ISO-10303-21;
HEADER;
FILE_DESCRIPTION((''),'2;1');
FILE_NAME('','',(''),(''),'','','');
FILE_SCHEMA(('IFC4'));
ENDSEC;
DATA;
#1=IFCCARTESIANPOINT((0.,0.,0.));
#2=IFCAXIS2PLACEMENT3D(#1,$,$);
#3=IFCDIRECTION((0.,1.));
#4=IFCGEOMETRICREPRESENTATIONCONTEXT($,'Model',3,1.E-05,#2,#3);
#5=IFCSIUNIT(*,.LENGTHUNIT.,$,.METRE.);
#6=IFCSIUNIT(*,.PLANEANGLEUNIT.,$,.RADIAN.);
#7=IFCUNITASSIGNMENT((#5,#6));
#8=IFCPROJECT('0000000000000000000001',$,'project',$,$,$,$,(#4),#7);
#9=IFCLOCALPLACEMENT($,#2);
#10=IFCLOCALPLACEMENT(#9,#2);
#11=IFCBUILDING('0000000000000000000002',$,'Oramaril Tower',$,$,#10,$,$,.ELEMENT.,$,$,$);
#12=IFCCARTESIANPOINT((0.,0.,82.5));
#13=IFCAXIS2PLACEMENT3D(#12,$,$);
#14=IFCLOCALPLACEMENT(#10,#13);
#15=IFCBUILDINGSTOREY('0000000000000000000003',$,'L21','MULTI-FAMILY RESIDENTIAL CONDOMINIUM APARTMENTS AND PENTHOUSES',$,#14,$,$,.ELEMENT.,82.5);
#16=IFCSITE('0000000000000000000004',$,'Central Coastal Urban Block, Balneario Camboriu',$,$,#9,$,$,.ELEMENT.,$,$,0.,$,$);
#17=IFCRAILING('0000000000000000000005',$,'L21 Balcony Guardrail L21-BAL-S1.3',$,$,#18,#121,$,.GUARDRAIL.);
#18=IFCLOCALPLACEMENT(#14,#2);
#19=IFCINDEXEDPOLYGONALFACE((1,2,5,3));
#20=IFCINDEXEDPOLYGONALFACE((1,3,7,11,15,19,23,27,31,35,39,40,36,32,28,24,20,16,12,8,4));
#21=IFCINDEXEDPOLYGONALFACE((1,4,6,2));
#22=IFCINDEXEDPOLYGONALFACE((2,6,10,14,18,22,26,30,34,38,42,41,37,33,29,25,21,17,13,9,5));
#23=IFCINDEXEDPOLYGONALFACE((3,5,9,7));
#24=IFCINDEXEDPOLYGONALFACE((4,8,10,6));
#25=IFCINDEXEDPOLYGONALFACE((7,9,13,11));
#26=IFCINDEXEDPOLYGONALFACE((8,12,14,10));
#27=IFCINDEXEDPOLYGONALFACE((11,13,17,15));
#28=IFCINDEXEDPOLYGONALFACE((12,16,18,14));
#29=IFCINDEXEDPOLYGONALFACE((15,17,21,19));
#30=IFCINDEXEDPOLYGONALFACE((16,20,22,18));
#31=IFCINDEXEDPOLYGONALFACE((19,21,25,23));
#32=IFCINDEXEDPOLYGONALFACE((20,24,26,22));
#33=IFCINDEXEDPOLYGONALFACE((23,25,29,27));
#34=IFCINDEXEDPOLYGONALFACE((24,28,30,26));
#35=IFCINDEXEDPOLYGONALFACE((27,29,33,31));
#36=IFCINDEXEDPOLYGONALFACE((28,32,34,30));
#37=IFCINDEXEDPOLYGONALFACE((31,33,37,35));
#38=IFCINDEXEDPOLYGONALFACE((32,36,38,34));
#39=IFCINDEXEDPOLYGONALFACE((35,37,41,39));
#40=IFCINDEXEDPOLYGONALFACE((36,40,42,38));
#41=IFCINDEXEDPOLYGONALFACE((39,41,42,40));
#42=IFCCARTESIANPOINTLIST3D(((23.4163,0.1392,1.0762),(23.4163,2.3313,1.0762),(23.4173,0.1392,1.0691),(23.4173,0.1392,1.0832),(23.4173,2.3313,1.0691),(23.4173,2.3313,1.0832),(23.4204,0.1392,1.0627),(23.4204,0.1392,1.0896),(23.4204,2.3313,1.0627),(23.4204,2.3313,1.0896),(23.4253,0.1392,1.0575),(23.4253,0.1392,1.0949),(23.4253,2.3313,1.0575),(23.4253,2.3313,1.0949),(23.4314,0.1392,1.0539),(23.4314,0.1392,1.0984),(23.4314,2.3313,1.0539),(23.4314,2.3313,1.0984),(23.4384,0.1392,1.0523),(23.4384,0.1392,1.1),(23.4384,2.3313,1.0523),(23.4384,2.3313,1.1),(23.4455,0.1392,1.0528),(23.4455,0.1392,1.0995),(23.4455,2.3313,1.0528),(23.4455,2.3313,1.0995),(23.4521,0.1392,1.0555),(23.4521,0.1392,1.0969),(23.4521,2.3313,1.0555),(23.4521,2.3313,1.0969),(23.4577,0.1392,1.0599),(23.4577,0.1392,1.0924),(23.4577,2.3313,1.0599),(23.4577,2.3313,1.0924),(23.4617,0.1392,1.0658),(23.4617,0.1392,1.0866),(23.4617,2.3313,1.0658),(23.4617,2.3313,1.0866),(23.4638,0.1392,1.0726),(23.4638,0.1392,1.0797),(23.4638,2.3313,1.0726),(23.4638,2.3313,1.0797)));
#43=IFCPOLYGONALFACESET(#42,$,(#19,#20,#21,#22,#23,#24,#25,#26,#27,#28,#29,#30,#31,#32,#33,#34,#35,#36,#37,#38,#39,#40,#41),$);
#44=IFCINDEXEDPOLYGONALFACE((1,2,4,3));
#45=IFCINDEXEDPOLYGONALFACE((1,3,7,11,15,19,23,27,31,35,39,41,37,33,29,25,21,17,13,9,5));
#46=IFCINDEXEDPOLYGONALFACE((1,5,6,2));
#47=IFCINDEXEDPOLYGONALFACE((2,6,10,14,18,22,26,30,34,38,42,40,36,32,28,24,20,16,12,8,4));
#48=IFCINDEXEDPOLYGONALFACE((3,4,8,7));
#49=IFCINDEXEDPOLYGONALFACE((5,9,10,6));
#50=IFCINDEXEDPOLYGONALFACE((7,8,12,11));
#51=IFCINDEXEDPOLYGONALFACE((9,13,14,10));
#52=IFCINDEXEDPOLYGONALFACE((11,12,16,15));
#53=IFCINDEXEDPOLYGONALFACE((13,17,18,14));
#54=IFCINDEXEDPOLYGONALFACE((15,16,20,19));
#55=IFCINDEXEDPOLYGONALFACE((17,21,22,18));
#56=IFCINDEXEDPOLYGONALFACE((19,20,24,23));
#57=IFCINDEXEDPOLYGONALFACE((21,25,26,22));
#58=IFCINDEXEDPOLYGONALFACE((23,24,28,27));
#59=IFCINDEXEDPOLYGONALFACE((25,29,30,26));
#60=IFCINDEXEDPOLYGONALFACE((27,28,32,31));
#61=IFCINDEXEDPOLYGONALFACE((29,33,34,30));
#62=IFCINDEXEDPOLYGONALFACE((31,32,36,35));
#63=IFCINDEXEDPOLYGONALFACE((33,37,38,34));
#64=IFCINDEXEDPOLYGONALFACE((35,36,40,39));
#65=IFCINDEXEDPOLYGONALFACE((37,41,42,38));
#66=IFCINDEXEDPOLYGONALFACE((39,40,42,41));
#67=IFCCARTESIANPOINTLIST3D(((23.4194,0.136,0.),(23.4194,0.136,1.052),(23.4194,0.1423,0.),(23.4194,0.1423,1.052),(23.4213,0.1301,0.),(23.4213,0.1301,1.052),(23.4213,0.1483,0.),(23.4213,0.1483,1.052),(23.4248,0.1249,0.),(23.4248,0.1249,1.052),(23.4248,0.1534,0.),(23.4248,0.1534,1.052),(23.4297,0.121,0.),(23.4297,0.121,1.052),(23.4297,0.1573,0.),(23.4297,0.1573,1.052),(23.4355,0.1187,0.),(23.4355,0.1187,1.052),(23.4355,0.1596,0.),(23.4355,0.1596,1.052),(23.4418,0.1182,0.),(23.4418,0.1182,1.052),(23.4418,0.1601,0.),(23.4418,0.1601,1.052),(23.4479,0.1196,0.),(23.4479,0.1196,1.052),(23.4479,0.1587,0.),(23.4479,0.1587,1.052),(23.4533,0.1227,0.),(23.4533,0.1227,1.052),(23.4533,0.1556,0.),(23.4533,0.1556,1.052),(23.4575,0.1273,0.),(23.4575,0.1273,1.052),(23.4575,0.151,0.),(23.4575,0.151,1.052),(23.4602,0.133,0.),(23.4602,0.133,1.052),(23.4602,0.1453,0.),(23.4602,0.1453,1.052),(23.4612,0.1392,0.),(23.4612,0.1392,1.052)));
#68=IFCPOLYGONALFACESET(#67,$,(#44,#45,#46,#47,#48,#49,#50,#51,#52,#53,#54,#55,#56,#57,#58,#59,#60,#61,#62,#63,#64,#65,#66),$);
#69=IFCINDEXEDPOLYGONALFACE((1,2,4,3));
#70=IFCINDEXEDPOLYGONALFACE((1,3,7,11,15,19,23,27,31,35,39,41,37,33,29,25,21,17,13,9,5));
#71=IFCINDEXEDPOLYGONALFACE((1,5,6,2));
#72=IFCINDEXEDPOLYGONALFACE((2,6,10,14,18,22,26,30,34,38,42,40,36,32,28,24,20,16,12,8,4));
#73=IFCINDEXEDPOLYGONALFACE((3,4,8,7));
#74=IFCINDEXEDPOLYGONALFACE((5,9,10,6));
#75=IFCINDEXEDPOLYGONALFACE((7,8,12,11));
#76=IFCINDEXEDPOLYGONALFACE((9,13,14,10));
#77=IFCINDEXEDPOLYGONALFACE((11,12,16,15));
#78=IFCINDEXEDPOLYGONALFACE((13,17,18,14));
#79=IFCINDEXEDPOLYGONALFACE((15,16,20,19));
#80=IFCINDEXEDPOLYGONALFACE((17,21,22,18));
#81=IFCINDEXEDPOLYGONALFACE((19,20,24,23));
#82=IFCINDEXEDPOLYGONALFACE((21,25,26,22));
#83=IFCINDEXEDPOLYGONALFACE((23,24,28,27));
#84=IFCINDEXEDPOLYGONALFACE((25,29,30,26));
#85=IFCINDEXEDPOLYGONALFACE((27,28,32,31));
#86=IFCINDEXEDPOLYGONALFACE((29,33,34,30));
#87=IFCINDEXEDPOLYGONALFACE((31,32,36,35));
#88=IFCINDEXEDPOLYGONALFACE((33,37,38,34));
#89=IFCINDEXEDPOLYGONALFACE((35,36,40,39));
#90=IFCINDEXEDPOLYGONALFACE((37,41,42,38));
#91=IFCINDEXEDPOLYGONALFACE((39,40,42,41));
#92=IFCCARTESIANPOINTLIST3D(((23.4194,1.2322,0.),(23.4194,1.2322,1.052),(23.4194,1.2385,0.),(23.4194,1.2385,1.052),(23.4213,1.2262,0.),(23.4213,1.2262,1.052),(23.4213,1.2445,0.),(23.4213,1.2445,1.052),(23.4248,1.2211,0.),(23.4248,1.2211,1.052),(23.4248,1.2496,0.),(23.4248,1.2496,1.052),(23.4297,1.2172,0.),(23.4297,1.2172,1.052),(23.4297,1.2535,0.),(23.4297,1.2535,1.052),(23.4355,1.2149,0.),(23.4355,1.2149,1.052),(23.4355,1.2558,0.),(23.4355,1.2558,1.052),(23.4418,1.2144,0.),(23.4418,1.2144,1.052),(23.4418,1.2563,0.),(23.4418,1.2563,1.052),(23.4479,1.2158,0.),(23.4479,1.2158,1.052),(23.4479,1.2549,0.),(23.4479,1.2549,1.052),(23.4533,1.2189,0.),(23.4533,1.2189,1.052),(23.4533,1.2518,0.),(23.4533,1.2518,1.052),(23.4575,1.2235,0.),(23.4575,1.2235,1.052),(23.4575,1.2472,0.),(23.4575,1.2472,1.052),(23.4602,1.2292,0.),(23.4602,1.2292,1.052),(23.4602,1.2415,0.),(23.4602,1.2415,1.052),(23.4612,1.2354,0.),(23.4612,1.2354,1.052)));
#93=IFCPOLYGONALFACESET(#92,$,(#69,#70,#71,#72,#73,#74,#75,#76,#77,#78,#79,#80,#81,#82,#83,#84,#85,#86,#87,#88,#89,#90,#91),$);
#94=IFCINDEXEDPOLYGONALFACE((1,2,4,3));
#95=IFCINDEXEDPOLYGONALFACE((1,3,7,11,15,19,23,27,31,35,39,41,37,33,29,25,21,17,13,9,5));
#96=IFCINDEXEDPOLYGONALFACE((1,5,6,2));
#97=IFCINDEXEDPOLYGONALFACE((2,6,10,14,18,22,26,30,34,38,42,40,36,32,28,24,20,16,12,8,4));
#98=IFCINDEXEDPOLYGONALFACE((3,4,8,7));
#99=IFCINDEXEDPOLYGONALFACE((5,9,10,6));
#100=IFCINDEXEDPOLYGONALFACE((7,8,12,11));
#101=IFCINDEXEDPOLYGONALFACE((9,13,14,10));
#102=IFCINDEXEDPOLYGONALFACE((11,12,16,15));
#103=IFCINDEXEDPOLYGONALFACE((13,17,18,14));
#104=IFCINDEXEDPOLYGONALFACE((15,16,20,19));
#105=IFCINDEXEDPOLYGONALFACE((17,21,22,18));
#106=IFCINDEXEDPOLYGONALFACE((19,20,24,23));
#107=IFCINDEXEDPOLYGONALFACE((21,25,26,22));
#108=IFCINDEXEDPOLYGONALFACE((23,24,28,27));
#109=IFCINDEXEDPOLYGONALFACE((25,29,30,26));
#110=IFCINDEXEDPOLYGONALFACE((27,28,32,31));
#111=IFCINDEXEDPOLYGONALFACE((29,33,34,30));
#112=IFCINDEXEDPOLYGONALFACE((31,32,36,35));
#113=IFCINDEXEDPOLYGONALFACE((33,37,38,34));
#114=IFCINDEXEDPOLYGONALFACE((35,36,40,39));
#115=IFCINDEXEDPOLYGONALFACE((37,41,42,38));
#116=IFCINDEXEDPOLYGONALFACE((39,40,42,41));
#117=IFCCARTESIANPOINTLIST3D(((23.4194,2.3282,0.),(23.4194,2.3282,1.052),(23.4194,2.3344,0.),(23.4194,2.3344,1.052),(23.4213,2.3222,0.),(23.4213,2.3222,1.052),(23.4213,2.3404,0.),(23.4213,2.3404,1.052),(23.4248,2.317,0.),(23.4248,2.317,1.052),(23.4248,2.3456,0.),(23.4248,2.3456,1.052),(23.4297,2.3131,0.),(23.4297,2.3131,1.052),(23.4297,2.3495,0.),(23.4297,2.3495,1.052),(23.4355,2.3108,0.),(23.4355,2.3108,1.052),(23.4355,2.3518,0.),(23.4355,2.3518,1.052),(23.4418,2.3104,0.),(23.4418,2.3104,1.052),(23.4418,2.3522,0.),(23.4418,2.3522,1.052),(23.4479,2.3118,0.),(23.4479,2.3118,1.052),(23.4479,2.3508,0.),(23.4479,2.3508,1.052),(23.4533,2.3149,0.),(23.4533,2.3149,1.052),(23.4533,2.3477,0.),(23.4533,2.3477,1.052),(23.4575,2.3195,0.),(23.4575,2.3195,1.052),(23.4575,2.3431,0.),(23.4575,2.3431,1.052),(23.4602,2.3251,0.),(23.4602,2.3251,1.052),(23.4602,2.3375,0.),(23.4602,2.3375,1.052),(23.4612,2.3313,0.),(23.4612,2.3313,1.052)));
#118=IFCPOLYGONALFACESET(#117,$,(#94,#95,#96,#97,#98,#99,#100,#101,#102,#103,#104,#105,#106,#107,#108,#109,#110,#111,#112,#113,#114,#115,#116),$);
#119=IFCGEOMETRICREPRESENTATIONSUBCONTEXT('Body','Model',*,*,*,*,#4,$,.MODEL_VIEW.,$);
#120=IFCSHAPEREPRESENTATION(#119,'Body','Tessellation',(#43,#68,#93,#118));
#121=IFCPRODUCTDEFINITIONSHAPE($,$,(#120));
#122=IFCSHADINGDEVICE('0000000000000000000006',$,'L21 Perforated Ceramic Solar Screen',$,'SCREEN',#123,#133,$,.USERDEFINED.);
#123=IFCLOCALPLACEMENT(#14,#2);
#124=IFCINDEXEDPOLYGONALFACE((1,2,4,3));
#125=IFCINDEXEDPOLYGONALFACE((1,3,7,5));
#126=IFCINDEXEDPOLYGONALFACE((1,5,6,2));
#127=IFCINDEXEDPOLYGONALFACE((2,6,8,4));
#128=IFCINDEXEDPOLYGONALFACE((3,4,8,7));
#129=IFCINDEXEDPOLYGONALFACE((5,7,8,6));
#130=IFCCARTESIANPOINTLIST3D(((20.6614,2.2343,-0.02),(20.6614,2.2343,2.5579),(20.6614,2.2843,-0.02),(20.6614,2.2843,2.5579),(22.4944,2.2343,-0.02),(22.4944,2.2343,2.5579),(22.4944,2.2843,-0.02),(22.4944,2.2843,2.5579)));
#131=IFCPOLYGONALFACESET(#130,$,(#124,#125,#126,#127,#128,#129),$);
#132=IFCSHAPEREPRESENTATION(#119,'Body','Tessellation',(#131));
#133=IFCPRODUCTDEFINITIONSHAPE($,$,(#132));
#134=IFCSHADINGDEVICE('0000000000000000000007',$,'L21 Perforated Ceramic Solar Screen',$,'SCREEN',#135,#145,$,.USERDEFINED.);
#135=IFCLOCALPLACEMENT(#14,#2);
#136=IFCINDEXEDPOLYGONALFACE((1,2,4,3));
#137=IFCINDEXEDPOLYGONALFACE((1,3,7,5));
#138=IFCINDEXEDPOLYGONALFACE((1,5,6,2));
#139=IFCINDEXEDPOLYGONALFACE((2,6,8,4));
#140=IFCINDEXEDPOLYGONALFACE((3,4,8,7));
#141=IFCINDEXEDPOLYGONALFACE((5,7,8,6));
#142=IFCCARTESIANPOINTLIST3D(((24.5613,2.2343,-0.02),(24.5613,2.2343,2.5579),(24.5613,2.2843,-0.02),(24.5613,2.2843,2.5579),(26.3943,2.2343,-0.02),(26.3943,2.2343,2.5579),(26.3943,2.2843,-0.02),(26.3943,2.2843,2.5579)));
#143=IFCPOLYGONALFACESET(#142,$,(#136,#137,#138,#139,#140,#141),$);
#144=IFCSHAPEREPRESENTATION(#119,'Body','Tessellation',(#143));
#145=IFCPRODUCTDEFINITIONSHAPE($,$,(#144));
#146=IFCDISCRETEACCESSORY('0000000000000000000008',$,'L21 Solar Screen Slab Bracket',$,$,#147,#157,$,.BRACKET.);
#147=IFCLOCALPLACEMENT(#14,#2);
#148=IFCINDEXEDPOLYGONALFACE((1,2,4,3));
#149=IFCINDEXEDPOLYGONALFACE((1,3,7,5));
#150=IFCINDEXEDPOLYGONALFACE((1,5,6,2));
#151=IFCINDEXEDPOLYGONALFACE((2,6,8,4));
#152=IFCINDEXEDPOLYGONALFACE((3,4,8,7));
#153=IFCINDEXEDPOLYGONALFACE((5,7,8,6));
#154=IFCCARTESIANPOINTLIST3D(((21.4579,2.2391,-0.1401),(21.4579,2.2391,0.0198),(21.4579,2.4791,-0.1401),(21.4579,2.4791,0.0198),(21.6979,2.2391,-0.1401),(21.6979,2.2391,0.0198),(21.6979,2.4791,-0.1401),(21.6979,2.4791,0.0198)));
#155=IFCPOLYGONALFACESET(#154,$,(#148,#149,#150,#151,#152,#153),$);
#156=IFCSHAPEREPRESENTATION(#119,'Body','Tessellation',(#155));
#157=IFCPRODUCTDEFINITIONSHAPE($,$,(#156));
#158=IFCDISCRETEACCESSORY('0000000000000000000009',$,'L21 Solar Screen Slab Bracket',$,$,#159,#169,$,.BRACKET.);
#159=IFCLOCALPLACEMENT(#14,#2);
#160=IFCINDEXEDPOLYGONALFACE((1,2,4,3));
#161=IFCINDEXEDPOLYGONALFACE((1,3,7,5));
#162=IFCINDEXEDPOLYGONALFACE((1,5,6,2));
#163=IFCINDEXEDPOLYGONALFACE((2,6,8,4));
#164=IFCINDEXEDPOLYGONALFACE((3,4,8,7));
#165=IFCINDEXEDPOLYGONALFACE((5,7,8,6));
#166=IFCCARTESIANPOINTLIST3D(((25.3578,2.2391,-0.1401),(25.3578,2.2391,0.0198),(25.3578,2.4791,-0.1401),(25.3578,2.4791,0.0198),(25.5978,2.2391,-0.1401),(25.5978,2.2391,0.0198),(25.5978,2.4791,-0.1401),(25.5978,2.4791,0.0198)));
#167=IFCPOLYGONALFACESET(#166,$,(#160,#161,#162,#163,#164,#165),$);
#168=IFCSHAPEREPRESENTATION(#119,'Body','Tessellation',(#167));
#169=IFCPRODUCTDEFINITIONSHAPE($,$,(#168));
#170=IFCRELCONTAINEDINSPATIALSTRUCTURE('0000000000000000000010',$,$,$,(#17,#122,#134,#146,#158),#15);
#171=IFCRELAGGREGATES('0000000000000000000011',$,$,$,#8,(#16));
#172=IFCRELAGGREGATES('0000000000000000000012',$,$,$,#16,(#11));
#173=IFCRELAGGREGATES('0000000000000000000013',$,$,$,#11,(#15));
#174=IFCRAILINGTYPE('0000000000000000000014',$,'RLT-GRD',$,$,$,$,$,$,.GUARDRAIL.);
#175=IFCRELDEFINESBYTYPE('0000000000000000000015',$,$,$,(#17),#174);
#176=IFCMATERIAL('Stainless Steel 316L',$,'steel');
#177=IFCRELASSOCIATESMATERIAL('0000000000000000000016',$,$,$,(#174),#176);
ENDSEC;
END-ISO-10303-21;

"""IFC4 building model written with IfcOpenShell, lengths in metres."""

from ifc_helpers import new_model, si_unit, direction, frame, origin, origin_2d, place, context, subcontext, project, spatial, rectangle, circle, extrude, material, type_object, element, save


model = new_model("IFC4")

# Units and contexts
model_context = context("Model", 3, precision=1e-05, world=origin(), true_north=direction((0.0, 1.0)))
body_context = subcontext(model_context, "Body", "Model", "MODEL_VIEW")
ifc_project = project(units=[si_unit("LENGTHUNIT", "METRE"), si_unit("PLANEANGLEUNIT", "RADIAN")], contexts=[model_context])

# Site, building, storey
site_placement = place(None, origin())
site = spatial("IfcSite", under=ifc_project, at=site_placement, Name="Central Coastal Urban Block, Balneario Camboriu", CompositionType="ELEMENT", RefElevation=0.0)
building_placement = place(site_placement, origin())
building = spatial("IfcBuilding", under=site, at=building_placement, Name="Oramaril Tower", CompositionType="ELEMENT")
storey_placement = place(building_placement, frame((0.0, 0.0, 82.5)))
storey = spatial("IfcBuildingStorey", under=building, at=storey_placement, Name="L21", Description="MULTI-FAMILY RESIDENTIAL CONDOMINIUM APARTMENTS AND PENTHOUSES", CompositionType="ELEMENT", Elevation=82.5)

# Railing
ifc_material_1 = material(Name="Stainless Steel 316L", Category="steel")
railing_type = type_object("IfcRailingType", Name="RLT-GRD", PredefinedType="GUARDRAIL", material=ifc_material_1)
railing_placement = place(storey_placement, frame((23.4402, 0.1392, 0.0)))
element("IfcRailing", 1, at=railing_placement, inside=storey, type_object=railing_type, Name="L21 Balcony Guardrail L21-BAL-S1.3", PredefinedType="GUARDRAIL", context=body_context, shape_type="SweptSolid", body=[
    extrude(circle(Radius=0.0239, at=origin_2d()), frame((0.0, 0.0, 1.0762), z_axis=(0.0, 1.0, 0.0), x_axis=(-1.0, 0.0, 0.0)), (0.0, 0.0, 1.0), 2.1921),
    extrude(circle(Radius=0.021, at=origin_2d()), origin(), (0.0, 0.0, 1.0), 1.052),
    extrude(circle(Radius=0.021, at=origin_2d()), frame((0.0, 1.0962, 0.0)), (0.0, 0.0, 1.0), 1.052),
    extrude(circle(Radius=0.021, at=origin_2d()), frame((0.0, 2.1921, 0.0)), (0.0, 0.0, 1.0), 1.052),
])

# Shading devices
for number, where, z_axis, x_axis, name in (
    (2, (21.5779, 2.2593, -0.02), (0.0, 0.0, 1.0), (1.0, 0.0, 0.0), "L21 Perforated Ceramic Solar Screen"),
    (3, (25.4778, 2.2593, -0.02), (0.0, 0.0, 1.0), (1.0, 0.0, 0.0), "L21 Perforated Ceramic Solar Screen"),
):
    element("IfcShadingDevice", number, at=place(storey_placement, frame(where, z_axis=z_axis, x_axis=x_axis)), inside=storey, Name=name, ObjectType="SCREEN", PredefinedType="USERDEFINED", context=body_context, shape_type="SweptSolid", body=[
        extrude(rectangle(XDim=1.833, YDim=0.05, at=origin_2d()), origin(), (0.0, 0.0, 1.0), 2.5779),
    ])

# Discrete accessories
for number, where, z_axis, x_axis, name in (
    (4, (21.5779, 2.3591, -0.1401), (0.0, 0.0, 1.0), (1.0, 0.0, 0.0), "L21 Solar Screen Slab Bracket"),
    (5, (25.4778, 2.3591, -0.1401), (0.0, 0.0, 1.0), (1.0, 0.0, 0.0), "L21 Solar Screen Slab Bracket"),
):
    element("IfcDiscreteAccessory", number, at=place(storey_placement, frame(where, z_axis=z_axis, x_axis=x_axis)), inside=storey, Name=name, PredefinedType="BRACKET", context=body_context, shape_type="SweptSolid", body=[
        extrude(rectangle(XDim=0.24, YDim=0.24, at=origin_2d()), origin(), (0.0, 0.0, 1.0), 0.1599),
    ])

save(model, "model.ifc")
